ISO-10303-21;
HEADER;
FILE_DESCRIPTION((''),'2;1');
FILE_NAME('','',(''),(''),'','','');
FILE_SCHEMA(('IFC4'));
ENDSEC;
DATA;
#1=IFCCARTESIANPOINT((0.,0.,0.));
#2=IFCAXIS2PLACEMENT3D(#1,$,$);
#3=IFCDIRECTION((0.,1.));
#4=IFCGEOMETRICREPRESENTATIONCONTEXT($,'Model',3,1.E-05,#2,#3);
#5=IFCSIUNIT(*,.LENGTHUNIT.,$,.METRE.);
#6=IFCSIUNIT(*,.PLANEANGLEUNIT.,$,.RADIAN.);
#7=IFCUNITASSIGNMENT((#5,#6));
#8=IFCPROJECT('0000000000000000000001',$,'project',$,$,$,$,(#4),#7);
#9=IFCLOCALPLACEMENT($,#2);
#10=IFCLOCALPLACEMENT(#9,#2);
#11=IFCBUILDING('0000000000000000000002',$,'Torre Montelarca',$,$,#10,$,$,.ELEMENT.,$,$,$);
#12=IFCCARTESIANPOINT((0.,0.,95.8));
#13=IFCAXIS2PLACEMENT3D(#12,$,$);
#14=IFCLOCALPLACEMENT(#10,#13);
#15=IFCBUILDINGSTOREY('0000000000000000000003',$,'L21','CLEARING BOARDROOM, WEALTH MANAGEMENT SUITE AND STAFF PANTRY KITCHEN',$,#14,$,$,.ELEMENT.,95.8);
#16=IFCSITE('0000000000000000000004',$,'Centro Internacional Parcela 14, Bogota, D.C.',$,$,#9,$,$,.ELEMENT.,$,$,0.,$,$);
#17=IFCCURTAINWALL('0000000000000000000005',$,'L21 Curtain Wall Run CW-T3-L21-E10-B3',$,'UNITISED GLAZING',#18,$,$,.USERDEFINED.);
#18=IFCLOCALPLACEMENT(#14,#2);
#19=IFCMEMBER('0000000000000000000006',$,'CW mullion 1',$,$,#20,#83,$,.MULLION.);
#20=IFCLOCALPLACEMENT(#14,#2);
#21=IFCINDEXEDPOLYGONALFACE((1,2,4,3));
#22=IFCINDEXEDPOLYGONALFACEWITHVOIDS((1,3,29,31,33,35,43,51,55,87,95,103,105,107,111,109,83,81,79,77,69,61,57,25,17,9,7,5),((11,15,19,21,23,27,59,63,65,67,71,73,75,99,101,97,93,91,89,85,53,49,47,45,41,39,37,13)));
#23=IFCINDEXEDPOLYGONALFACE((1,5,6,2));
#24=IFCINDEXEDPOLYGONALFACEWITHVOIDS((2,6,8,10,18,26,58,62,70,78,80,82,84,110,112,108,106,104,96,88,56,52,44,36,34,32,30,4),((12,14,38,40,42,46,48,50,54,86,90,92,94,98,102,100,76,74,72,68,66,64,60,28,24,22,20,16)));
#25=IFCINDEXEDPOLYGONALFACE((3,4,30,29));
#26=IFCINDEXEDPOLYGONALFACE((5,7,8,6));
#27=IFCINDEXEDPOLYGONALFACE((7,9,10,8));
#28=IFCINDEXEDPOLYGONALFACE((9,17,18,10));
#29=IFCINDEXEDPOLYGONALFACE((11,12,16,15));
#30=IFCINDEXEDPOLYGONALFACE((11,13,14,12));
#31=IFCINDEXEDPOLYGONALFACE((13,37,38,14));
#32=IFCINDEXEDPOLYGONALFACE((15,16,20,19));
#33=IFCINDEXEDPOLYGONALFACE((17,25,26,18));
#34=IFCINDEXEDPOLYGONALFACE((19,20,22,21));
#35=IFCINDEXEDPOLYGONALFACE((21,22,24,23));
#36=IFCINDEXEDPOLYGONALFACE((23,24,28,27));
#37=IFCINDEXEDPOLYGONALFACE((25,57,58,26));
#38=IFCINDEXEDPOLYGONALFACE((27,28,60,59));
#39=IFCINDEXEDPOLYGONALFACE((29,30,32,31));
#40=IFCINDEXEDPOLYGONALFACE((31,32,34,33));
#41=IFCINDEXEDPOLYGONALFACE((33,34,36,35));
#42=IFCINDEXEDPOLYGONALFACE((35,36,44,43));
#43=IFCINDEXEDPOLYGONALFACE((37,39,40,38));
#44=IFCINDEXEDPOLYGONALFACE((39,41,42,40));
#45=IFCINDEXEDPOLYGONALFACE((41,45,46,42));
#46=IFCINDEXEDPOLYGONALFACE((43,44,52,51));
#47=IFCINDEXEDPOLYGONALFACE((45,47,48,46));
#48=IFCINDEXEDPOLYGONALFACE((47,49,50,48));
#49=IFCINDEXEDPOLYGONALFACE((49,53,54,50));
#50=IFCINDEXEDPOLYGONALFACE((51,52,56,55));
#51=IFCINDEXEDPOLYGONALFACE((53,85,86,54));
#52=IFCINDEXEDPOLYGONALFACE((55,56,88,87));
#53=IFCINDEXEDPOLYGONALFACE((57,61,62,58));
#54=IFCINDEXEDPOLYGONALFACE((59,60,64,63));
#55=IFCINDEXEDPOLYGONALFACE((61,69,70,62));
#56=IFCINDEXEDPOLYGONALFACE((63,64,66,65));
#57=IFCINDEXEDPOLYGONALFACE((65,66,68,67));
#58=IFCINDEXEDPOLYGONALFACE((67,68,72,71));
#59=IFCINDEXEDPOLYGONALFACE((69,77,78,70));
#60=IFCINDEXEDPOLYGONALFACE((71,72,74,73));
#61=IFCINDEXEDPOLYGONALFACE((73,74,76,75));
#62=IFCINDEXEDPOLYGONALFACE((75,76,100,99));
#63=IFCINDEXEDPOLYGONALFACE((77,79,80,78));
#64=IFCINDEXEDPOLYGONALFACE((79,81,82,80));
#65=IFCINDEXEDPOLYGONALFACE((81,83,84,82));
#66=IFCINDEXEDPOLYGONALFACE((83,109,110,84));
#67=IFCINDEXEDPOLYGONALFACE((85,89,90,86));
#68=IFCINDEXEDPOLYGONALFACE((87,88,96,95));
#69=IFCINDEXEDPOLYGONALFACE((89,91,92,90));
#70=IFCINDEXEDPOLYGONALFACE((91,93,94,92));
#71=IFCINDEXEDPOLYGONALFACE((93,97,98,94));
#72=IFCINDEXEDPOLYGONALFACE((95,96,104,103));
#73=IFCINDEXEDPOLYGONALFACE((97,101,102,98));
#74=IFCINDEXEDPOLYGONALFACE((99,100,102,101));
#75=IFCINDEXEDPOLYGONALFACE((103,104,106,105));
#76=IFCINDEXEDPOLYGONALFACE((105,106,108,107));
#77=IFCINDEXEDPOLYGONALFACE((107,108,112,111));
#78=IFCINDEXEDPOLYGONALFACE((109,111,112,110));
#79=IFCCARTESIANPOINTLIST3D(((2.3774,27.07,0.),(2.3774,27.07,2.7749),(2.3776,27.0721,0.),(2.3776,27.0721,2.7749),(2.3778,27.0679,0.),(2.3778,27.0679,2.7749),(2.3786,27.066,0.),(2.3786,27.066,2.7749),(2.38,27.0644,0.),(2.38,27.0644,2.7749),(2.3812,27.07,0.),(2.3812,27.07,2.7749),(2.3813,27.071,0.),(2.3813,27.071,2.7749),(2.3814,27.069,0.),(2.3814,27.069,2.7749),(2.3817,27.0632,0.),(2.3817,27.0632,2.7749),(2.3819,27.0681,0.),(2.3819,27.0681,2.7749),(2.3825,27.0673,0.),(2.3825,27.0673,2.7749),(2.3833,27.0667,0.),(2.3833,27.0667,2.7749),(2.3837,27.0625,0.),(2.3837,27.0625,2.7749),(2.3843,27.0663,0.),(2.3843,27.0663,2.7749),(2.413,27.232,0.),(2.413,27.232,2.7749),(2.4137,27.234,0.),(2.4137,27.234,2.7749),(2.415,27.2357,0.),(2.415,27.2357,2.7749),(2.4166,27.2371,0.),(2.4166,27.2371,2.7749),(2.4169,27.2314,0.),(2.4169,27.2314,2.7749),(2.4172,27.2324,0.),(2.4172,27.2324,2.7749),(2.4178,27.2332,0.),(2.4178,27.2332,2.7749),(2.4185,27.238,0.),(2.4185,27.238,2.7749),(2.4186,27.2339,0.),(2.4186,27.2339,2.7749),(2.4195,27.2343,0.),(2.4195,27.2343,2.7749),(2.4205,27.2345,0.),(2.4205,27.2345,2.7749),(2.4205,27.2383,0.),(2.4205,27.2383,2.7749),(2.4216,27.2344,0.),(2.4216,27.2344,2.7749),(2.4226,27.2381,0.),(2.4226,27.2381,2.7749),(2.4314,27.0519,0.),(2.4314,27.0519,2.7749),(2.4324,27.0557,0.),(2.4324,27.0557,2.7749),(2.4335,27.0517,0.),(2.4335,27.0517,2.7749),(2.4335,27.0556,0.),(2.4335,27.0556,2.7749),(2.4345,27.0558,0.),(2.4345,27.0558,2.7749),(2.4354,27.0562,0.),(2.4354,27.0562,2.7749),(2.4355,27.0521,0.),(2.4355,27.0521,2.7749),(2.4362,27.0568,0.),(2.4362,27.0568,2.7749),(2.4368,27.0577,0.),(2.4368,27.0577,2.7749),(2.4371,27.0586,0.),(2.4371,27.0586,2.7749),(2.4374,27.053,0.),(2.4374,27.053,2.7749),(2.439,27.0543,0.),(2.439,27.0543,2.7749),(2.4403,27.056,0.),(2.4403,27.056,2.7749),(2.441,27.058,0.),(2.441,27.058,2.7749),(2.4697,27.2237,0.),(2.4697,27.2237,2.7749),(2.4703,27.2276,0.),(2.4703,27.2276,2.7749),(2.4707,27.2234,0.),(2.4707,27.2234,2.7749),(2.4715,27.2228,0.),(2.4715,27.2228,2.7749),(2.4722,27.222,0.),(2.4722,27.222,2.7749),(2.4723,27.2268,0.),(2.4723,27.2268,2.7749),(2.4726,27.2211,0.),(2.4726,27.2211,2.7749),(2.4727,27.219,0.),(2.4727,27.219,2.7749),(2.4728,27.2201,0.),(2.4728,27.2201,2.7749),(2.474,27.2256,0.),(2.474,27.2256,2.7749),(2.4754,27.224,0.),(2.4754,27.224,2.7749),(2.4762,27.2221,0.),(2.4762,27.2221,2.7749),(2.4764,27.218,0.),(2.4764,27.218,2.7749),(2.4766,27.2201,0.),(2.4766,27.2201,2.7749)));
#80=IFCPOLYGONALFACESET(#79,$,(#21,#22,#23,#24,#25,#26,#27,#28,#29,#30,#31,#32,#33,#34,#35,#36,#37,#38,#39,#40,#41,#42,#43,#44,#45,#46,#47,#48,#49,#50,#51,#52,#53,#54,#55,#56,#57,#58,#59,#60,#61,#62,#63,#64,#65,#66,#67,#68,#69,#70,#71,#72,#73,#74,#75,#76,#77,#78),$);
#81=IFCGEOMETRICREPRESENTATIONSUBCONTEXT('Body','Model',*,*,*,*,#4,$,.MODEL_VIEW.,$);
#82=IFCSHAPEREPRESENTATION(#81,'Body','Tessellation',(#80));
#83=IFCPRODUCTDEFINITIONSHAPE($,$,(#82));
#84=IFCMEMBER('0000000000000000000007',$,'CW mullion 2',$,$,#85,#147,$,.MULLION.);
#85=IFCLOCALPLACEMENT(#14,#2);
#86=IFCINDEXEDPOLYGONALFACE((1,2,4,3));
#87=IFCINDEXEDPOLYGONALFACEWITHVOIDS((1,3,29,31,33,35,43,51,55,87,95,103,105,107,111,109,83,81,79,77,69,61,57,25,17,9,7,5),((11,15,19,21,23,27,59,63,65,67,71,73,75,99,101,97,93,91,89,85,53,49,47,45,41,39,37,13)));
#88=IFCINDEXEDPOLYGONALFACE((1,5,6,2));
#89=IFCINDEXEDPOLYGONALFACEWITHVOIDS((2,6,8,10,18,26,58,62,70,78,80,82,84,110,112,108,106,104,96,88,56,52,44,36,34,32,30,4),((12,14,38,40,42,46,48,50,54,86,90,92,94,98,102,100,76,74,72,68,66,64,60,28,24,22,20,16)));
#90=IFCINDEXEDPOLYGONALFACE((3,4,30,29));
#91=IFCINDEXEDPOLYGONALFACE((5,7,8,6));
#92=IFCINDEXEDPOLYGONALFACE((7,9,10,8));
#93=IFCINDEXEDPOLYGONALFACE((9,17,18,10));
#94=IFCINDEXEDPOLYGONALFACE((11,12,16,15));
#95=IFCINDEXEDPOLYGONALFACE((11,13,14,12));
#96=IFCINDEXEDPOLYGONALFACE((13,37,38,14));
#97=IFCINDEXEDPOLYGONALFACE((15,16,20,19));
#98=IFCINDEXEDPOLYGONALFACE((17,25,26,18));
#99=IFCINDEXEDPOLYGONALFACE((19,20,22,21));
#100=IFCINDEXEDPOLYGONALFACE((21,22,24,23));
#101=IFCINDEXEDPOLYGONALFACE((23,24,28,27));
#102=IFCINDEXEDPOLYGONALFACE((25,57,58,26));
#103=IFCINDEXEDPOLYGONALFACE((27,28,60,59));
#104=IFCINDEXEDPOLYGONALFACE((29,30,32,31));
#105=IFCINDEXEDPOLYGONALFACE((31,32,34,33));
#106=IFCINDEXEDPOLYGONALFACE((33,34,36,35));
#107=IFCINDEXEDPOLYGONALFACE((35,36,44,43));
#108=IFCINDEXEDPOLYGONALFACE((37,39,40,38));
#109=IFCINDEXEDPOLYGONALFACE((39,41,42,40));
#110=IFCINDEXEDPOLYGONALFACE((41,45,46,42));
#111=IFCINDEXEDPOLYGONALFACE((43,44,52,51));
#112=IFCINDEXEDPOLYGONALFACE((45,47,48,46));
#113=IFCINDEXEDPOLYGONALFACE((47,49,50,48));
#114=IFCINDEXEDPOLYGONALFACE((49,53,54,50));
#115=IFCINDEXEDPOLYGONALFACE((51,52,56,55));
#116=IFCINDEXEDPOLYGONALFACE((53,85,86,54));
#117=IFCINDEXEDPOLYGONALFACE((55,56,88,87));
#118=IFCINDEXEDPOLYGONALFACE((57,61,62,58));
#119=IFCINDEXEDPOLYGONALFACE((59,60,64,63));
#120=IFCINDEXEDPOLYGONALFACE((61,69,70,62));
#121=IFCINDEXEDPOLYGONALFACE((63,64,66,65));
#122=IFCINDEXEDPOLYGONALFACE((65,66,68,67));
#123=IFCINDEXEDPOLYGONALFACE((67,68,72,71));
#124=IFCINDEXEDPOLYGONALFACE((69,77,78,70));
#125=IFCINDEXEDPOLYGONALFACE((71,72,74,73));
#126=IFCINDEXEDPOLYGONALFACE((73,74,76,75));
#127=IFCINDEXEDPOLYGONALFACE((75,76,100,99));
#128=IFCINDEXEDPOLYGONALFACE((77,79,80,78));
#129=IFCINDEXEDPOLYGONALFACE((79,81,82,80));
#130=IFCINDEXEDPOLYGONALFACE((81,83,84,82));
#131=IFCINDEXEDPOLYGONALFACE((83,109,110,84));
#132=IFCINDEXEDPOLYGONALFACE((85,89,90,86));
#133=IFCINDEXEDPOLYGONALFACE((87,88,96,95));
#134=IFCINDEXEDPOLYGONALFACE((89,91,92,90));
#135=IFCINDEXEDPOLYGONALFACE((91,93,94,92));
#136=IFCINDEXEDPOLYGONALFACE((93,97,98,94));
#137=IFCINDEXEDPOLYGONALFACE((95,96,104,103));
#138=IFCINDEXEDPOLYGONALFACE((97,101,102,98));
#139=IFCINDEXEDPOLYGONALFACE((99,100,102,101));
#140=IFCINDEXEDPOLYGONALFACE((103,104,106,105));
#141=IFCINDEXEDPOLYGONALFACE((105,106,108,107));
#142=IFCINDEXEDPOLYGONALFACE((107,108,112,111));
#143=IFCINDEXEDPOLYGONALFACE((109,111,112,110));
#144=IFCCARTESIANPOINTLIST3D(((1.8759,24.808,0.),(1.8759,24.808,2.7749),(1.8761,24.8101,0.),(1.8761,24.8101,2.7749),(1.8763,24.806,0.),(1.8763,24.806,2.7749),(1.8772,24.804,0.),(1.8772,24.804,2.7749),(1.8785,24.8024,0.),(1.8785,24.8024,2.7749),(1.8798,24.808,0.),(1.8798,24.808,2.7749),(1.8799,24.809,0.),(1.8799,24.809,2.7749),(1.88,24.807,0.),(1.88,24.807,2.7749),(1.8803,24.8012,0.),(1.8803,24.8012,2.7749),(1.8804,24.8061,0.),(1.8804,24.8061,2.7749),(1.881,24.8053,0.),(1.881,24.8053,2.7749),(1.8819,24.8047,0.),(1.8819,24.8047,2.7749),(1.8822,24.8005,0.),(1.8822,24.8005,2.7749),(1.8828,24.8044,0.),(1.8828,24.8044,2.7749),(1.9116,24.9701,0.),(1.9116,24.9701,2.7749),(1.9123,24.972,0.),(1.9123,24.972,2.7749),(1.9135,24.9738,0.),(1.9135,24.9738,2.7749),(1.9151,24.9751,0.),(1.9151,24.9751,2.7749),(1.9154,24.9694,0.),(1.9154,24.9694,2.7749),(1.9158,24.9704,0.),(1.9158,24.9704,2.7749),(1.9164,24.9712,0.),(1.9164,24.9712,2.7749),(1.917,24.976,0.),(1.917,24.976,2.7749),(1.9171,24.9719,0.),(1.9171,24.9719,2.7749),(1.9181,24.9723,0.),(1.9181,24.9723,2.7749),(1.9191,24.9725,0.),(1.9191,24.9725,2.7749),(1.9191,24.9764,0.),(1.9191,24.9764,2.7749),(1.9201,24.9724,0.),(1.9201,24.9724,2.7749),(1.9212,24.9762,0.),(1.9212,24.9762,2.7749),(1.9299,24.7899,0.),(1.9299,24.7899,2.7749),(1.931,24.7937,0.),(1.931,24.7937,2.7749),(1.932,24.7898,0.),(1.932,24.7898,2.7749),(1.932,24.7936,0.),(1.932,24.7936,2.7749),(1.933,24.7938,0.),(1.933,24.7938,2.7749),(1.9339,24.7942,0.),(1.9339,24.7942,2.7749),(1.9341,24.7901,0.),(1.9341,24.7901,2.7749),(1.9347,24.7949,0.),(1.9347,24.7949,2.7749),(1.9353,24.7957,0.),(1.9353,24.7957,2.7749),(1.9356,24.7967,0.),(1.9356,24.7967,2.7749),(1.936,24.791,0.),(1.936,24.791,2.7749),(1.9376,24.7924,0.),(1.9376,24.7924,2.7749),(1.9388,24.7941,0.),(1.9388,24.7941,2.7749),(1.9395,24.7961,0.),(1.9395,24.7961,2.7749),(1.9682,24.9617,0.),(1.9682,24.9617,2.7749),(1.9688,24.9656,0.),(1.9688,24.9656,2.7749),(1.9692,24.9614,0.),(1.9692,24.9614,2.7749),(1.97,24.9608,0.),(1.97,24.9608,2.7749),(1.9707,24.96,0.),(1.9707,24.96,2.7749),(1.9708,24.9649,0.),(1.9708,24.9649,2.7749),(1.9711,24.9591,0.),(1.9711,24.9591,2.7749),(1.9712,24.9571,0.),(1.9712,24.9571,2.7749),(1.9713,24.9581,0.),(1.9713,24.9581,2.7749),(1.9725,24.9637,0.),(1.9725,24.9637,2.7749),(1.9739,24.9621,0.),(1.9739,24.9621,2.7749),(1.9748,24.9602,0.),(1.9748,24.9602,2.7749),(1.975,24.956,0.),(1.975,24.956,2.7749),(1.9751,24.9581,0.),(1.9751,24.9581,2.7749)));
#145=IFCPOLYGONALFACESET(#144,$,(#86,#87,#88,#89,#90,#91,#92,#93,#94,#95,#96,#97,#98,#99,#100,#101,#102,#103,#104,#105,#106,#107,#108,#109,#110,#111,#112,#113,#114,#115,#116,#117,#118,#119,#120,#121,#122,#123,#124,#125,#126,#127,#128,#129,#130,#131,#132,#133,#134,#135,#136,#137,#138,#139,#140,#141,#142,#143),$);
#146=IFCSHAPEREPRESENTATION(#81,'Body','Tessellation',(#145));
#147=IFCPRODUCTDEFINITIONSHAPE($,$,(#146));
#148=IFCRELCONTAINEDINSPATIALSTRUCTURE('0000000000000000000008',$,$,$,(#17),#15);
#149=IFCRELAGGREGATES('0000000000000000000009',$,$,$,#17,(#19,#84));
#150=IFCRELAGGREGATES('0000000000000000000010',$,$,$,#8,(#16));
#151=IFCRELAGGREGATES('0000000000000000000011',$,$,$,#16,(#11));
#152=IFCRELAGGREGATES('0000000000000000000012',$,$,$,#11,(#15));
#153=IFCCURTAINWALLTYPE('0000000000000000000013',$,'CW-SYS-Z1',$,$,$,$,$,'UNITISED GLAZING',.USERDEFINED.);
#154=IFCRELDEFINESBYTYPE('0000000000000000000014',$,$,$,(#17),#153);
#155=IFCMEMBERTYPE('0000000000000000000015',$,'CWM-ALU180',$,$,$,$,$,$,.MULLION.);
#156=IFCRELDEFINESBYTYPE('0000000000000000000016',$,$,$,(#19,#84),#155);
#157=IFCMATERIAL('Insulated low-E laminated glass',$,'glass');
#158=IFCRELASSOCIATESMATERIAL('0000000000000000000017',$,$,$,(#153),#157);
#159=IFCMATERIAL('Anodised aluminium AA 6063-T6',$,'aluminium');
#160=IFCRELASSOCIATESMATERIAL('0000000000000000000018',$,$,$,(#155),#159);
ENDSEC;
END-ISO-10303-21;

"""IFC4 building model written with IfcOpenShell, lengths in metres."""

from ifc_helpers import new_model, si_unit, direction, frame, origin, origin_2d, place, context, subcontext, project, spatial, hollow_rectangle, extrude, source, transform, mapped, material, material_profile, profile_set, type_object, element, aggregate, save


model = new_model("IFC4")

# Units and contexts
model_context = context("Model", 3, precision=1e-05, world=origin(), true_north=direction((0.0, 1.0)))
body_context = subcontext(model_context, "Body", "Model", "MODEL_VIEW")
ifc_project = project(units=[si_unit("LENGTHUNIT", "METRE"), si_unit("PLANEANGLEUNIT", "RADIAN")], contexts=[model_context])

# Site, building, storey
site_placement = place(None, origin())
site = spatial("IfcSite", under=ifc_project, at=site_placement, Name="Centro Internacional Parcela 14, Bogota, D.C.", CompositionType="ELEMENT", RefElevation=0.0)
building_placement = place(site_placement, origin())
building = spatial("IfcBuilding", under=site, at=building_placement, Name="Torre Montelarca", CompositionType="ELEMENT")
storey_placement = place(building_placement, frame((0.0, 0.0, 95.8)))
storey = spatial("IfcBuildingStorey", under=building, at=storey_placement, Name="L21", Description="CLEARING BOARDROOM, WEALTH MANAGEMENT SUITE AND STAFF PANTRY KITCHEN", CompositionType="ELEMENT", Elevation=95.8)

# Curtain wall
ifc_material_1 = material(Name="Insulated low-E laminated glass", Category="glass")
curtain_wall_type = type_object("IfcCurtainWallType", Name="CW-SYS-Z1", ElementType="UNITISED GLAZING", PredefinedType="USERDEFINED", material=ifc_material_1)
curtain_wall_1_placement = place(storey_placement, origin())
curtain_wall_1 = element("IfcCurtainWall", 1, at=curtain_wall_1_placement, inside=storey, type_object=curtain_wall_type, Name="L21 Curtain Wall Run CW-T3-L21-E10-B3", ObjectType="UNITISED GLAZING", PredefinedType="USERDEFINED")
ifc_material_2 = material(Name="Anodised aluminium AA 6063-T6", Category="aluminium")
ifc_material_profile_1 = material_profile(ifc_material_2, hollow_rectangle(XDim=0.0649, YDim=0.1799, WallThickness=0.0039, InnerFilletRadius=0.0039, OuterFilletRadius=0.0081, at=origin_2d()), Name="ALU65X180X4", Category="aluminium")
ifc_profile_set_1 = profile_set([ifc_material_profile_1], Name="Anodised aluminium AA 6063-T6")
member_type_1 = type_object("IfcMemberType", Name="CWM-ALU180", PredefinedType="MULLION", material=ifc_profile_set_1)

# Members
shared_shape_1 = source(origin(), body_context, "Body", "SweptSolid", [
    extrude(hollow_rectangle(XDim=0.0649, YDim=0.1799, WallThickness=0.0039, InnerFilletRadius=0.0039, OuterFilletRadius=0.0081, at=origin_2d()), origin(), (0.0, 0.0, 1.0), 2.7749),
])
member_1_placement = place(storey_placement, frame((2.427, 27.145, 0.0), z_axis=(0.0, 0.0, 1.0), x_axis=(0.976296, -0.216439, 0.0)))
member_1 = element("IfcMember", 2, at=member_1_placement, type_object=member_type_1, Name="CW mullion 1", PredefinedType="MULLION", context=body_context, shape_type="MappedRepresentation", body=[
    mapped(shared_shape_1, transform((0.0, 0.0, 0.0), scale=1.0)),
])
member_2_placement = place(storey_placement, frame((1.9255, 24.8831, 0.0), z_axis=(0.0, 0.0, 1.0), x_axis=(0.976296, -0.216439, 0.0)))
member_2 = element("IfcMember", 3, at=member_2_placement, type_object=member_type_1, Name="CW mullion 2", PredefinedType="MULLION", context=body_context, shape_type="MappedRepresentation", body=[
    mapped(shared_shape_1, transform((0.0, 0.0, 0.0), scale=1.0)),
])

aggregate(curtain_wall_1, [member_1, member_2])

save(model, "model.ifc")
